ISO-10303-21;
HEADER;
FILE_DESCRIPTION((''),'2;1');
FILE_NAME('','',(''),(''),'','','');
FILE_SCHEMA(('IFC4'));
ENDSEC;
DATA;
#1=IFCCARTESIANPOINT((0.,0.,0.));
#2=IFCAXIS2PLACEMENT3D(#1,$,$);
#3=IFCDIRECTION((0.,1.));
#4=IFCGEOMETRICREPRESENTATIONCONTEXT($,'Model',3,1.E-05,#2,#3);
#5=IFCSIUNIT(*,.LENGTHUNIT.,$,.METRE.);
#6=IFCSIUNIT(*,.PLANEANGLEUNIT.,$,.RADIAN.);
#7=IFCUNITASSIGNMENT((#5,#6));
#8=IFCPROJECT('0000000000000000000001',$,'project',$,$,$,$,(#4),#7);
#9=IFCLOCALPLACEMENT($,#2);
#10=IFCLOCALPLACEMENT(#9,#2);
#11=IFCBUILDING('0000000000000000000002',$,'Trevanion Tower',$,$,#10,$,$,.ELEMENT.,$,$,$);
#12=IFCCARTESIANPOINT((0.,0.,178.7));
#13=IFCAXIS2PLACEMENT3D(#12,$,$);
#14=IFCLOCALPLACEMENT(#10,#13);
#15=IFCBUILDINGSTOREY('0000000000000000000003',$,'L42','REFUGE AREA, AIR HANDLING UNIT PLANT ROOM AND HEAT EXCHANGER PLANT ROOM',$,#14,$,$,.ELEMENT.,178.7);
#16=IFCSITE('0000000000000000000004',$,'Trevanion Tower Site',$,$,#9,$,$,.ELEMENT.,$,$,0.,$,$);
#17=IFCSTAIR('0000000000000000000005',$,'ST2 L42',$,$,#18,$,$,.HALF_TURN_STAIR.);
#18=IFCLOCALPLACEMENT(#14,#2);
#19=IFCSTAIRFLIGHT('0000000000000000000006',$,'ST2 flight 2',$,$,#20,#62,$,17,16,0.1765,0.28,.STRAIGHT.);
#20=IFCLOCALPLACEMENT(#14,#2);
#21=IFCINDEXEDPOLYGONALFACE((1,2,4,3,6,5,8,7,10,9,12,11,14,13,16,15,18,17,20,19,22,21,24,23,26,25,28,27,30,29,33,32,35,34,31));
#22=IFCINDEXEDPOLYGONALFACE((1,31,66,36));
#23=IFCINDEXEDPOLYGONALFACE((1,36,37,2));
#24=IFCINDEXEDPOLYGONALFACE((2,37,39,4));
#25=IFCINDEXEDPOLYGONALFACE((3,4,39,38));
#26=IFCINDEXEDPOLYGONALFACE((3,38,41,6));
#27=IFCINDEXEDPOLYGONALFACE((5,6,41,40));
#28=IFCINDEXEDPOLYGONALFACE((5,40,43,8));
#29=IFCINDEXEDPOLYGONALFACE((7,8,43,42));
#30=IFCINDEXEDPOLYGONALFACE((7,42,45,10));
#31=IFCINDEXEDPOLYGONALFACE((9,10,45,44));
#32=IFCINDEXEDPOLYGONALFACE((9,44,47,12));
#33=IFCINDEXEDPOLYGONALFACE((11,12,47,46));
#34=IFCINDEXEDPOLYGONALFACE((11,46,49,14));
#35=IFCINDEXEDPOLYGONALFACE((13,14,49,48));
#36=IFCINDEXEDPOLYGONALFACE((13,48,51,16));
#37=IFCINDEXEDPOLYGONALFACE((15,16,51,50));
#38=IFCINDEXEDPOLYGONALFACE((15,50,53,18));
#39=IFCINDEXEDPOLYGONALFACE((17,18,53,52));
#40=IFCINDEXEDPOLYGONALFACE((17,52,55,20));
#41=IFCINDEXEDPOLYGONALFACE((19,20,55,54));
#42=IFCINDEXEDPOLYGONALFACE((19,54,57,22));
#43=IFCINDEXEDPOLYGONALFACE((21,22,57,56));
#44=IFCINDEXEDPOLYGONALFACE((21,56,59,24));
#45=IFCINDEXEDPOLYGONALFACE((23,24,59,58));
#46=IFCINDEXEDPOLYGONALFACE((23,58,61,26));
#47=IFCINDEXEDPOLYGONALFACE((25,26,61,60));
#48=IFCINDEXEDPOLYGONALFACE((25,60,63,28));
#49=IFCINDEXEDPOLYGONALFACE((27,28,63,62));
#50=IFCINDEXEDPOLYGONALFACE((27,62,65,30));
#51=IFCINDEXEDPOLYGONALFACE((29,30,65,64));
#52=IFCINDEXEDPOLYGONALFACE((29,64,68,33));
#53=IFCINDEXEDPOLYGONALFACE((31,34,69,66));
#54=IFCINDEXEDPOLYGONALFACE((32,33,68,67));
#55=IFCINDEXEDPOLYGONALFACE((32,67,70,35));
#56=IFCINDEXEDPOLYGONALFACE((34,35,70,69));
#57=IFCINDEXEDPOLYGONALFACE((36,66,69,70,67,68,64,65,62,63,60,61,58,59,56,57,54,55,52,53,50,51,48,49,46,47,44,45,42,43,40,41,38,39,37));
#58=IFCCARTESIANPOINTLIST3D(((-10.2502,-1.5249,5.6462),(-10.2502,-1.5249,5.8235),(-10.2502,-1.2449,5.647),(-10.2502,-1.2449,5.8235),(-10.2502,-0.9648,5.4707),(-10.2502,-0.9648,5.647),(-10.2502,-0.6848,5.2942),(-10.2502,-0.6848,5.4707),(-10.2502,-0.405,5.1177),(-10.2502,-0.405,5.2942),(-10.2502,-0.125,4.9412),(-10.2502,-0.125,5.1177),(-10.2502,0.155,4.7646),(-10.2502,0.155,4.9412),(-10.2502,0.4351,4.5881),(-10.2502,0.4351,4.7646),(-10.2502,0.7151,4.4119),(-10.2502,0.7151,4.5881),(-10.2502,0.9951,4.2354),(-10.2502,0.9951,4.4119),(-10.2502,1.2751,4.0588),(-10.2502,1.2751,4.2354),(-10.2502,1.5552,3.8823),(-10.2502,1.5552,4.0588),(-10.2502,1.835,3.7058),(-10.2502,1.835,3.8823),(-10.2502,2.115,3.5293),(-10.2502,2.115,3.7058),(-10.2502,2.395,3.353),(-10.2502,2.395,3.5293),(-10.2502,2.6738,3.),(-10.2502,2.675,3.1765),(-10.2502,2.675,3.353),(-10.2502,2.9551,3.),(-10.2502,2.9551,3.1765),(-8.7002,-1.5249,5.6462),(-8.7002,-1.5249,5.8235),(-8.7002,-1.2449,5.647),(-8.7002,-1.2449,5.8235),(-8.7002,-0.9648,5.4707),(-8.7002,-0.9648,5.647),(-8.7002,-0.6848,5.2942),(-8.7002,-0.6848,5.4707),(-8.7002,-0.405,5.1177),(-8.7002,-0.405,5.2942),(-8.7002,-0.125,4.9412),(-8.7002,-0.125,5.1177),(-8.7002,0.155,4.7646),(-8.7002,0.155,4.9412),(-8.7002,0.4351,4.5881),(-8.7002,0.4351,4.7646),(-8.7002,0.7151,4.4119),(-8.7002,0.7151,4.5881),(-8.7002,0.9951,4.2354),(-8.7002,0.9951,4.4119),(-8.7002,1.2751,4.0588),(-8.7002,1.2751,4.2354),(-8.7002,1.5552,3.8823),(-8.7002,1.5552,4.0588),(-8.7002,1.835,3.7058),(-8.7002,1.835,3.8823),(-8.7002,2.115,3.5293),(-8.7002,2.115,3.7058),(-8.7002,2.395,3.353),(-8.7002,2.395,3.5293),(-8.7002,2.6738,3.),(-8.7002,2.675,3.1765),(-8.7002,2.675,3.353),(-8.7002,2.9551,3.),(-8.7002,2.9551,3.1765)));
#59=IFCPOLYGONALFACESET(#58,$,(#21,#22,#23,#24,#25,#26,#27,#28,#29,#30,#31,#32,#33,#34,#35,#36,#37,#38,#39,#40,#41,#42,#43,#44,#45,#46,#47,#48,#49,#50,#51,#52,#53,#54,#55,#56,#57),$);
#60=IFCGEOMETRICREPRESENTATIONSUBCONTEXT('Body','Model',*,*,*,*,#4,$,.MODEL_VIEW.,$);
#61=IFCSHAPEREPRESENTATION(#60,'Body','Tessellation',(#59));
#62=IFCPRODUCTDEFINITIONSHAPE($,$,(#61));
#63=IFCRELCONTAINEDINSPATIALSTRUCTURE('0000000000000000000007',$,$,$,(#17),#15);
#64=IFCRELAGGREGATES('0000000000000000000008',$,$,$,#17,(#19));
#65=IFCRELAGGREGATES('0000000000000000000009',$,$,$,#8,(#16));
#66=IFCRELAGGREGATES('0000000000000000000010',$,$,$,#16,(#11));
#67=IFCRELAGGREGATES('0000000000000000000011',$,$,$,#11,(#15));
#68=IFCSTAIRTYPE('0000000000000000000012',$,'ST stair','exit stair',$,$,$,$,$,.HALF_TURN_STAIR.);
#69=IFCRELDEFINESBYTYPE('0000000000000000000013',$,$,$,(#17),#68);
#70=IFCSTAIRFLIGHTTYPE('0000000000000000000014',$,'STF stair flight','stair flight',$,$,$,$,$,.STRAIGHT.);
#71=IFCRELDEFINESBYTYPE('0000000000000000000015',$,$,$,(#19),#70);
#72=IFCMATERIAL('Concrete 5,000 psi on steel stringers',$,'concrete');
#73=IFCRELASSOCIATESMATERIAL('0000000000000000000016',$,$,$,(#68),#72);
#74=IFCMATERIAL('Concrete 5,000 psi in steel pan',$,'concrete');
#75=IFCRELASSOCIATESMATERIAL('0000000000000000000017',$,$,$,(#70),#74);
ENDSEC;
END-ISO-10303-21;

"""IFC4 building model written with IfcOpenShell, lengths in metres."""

from ifc_helpers import new_model, si_unit, direction, frame, origin, place, context, subcontext, project, spatial, polyline, outline, extrude, material, type_object, element, aggregate, save


model = new_model("IFC4")

# Units and contexts
model_context = context("Model", 3, precision=1e-05, world=origin(), true_north=direction((0.0, 1.0)))
body_context = subcontext(model_context, "Body", "Model", "MODEL_VIEW")
ifc_project = project(units=[si_unit("LENGTHUNIT", "METRE"), si_unit("PLANEANGLEUNIT", "RADIAN")], contexts=[model_context])

# Site, building, storey
site_placement = place(None, origin())
site = spatial("IfcSite", under=ifc_project, at=site_placement, Name="Trevanion Tower Site", CompositionType="ELEMENT", RefElevation=0.0)
building_placement = place(site_placement, origin())
building = spatial("IfcBuilding", under=site, at=building_placement, Name="Trevanion Tower", CompositionType="ELEMENT")
storey_placement = place(building_placement, frame((0.0, 0.0, 178.7)))
storey = spatial("IfcBuildingStorey", under=building, at=storey_placement, Name="L42", Description="REFUGE AREA, AIR HANDLING UNIT PLANT ROOM AND HEAT EXCHANGER PLANT ROOM", CompositionType="ELEMENT", Elevation=178.7)

# Stair, stair flight
ifc_material_1 = material(Name="Concrete 5,000 psi on steel stringers", Category="concrete")
stair_type = type_object("IfcStairType", Name="ST stair", Description="exit stair", PredefinedType="HALF_TURN_STAIR", material=ifc_material_1)
stair_placement = place(storey_placement, origin())
stair = element("IfcStair", 1, at=stair_placement, inside=storey, type_object=stair_type, Name="ST2 L42", PredefinedType="HALF_TURN_STAIR")
ifc_material_2 = material(Name="Concrete 5,000 psi in steel pan", Category="concrete")
stair_flight_type = type_object("IfcStairFlightType", Name="STF stair flight", Description="stair flight", PredefinedType="STRAIGHT", material=ifc_material_2)
stair_flight_placement = place(storey_placement, frame((-9.4751, 2.9551, 3.0), z_axis=(0.0, 0.0, 1.0), x_axis=(0.0, -1.0, 0.0)))
stair_flight = element("IfcStairFlight", 2, at=stair_flight_placement, type_object=stair_flight_type, Name="ST2 flight 2", NumberOfRisers=17, NumberOfTreads=16, PredefinedType="STRAIGHT", RiserHeight=0.1765, TreadLength=0.28, context=body_context, shape_type="SweptSolid", body=[
    extrude(outline(polyline([(0.0, 0.0), (0.0, 0.1765), (0.28, 0.1765), (0.28, 0.353), (0.5601, 0.353), (0.5601, 0.5293), (0.8401, 0.5293), (0.8401, 0.7058), (1.1201, 0.7058), (1.1201, 0.8823), (1.3999, 0.8823), (1.3999, 1.0588), (1.6799, 1.0588), (1.6799, 1.2354), (1.96, 1.2354), (1.96, 1.4119), (2.24, 1.4119), (2.24, 1.5881), (2.52, 1.5881), (2.52, 1.7646), (2.8, 1.7646), (2.8, 1.9412), (3.0801, 1.9412), (3.0801, 2.1177), (3.3601, 2.1177), (3.3601, 2.2942), (3.6399, 2.2942), (3.6399, 2.4707), (3.9199, 2.4707), (3.9199, 2.647), (4.2, 2.647), (4.2, 2.8235), (4.48, 2.8235), (4.48, 3.0), (4.48, 2.6462), (0.2812, 0.0), (0.0, 0.0)])), frame((0.0, 0.7749, 0.0), z_axis=(0.0, -1.0, 0.0), x_axis=(1.0, 0.0, 0.0)), (0.0, 0.0, 1.0), 1.55),
])
aggregate(stair, [stair_flight])

save(model, "model.ifc")
